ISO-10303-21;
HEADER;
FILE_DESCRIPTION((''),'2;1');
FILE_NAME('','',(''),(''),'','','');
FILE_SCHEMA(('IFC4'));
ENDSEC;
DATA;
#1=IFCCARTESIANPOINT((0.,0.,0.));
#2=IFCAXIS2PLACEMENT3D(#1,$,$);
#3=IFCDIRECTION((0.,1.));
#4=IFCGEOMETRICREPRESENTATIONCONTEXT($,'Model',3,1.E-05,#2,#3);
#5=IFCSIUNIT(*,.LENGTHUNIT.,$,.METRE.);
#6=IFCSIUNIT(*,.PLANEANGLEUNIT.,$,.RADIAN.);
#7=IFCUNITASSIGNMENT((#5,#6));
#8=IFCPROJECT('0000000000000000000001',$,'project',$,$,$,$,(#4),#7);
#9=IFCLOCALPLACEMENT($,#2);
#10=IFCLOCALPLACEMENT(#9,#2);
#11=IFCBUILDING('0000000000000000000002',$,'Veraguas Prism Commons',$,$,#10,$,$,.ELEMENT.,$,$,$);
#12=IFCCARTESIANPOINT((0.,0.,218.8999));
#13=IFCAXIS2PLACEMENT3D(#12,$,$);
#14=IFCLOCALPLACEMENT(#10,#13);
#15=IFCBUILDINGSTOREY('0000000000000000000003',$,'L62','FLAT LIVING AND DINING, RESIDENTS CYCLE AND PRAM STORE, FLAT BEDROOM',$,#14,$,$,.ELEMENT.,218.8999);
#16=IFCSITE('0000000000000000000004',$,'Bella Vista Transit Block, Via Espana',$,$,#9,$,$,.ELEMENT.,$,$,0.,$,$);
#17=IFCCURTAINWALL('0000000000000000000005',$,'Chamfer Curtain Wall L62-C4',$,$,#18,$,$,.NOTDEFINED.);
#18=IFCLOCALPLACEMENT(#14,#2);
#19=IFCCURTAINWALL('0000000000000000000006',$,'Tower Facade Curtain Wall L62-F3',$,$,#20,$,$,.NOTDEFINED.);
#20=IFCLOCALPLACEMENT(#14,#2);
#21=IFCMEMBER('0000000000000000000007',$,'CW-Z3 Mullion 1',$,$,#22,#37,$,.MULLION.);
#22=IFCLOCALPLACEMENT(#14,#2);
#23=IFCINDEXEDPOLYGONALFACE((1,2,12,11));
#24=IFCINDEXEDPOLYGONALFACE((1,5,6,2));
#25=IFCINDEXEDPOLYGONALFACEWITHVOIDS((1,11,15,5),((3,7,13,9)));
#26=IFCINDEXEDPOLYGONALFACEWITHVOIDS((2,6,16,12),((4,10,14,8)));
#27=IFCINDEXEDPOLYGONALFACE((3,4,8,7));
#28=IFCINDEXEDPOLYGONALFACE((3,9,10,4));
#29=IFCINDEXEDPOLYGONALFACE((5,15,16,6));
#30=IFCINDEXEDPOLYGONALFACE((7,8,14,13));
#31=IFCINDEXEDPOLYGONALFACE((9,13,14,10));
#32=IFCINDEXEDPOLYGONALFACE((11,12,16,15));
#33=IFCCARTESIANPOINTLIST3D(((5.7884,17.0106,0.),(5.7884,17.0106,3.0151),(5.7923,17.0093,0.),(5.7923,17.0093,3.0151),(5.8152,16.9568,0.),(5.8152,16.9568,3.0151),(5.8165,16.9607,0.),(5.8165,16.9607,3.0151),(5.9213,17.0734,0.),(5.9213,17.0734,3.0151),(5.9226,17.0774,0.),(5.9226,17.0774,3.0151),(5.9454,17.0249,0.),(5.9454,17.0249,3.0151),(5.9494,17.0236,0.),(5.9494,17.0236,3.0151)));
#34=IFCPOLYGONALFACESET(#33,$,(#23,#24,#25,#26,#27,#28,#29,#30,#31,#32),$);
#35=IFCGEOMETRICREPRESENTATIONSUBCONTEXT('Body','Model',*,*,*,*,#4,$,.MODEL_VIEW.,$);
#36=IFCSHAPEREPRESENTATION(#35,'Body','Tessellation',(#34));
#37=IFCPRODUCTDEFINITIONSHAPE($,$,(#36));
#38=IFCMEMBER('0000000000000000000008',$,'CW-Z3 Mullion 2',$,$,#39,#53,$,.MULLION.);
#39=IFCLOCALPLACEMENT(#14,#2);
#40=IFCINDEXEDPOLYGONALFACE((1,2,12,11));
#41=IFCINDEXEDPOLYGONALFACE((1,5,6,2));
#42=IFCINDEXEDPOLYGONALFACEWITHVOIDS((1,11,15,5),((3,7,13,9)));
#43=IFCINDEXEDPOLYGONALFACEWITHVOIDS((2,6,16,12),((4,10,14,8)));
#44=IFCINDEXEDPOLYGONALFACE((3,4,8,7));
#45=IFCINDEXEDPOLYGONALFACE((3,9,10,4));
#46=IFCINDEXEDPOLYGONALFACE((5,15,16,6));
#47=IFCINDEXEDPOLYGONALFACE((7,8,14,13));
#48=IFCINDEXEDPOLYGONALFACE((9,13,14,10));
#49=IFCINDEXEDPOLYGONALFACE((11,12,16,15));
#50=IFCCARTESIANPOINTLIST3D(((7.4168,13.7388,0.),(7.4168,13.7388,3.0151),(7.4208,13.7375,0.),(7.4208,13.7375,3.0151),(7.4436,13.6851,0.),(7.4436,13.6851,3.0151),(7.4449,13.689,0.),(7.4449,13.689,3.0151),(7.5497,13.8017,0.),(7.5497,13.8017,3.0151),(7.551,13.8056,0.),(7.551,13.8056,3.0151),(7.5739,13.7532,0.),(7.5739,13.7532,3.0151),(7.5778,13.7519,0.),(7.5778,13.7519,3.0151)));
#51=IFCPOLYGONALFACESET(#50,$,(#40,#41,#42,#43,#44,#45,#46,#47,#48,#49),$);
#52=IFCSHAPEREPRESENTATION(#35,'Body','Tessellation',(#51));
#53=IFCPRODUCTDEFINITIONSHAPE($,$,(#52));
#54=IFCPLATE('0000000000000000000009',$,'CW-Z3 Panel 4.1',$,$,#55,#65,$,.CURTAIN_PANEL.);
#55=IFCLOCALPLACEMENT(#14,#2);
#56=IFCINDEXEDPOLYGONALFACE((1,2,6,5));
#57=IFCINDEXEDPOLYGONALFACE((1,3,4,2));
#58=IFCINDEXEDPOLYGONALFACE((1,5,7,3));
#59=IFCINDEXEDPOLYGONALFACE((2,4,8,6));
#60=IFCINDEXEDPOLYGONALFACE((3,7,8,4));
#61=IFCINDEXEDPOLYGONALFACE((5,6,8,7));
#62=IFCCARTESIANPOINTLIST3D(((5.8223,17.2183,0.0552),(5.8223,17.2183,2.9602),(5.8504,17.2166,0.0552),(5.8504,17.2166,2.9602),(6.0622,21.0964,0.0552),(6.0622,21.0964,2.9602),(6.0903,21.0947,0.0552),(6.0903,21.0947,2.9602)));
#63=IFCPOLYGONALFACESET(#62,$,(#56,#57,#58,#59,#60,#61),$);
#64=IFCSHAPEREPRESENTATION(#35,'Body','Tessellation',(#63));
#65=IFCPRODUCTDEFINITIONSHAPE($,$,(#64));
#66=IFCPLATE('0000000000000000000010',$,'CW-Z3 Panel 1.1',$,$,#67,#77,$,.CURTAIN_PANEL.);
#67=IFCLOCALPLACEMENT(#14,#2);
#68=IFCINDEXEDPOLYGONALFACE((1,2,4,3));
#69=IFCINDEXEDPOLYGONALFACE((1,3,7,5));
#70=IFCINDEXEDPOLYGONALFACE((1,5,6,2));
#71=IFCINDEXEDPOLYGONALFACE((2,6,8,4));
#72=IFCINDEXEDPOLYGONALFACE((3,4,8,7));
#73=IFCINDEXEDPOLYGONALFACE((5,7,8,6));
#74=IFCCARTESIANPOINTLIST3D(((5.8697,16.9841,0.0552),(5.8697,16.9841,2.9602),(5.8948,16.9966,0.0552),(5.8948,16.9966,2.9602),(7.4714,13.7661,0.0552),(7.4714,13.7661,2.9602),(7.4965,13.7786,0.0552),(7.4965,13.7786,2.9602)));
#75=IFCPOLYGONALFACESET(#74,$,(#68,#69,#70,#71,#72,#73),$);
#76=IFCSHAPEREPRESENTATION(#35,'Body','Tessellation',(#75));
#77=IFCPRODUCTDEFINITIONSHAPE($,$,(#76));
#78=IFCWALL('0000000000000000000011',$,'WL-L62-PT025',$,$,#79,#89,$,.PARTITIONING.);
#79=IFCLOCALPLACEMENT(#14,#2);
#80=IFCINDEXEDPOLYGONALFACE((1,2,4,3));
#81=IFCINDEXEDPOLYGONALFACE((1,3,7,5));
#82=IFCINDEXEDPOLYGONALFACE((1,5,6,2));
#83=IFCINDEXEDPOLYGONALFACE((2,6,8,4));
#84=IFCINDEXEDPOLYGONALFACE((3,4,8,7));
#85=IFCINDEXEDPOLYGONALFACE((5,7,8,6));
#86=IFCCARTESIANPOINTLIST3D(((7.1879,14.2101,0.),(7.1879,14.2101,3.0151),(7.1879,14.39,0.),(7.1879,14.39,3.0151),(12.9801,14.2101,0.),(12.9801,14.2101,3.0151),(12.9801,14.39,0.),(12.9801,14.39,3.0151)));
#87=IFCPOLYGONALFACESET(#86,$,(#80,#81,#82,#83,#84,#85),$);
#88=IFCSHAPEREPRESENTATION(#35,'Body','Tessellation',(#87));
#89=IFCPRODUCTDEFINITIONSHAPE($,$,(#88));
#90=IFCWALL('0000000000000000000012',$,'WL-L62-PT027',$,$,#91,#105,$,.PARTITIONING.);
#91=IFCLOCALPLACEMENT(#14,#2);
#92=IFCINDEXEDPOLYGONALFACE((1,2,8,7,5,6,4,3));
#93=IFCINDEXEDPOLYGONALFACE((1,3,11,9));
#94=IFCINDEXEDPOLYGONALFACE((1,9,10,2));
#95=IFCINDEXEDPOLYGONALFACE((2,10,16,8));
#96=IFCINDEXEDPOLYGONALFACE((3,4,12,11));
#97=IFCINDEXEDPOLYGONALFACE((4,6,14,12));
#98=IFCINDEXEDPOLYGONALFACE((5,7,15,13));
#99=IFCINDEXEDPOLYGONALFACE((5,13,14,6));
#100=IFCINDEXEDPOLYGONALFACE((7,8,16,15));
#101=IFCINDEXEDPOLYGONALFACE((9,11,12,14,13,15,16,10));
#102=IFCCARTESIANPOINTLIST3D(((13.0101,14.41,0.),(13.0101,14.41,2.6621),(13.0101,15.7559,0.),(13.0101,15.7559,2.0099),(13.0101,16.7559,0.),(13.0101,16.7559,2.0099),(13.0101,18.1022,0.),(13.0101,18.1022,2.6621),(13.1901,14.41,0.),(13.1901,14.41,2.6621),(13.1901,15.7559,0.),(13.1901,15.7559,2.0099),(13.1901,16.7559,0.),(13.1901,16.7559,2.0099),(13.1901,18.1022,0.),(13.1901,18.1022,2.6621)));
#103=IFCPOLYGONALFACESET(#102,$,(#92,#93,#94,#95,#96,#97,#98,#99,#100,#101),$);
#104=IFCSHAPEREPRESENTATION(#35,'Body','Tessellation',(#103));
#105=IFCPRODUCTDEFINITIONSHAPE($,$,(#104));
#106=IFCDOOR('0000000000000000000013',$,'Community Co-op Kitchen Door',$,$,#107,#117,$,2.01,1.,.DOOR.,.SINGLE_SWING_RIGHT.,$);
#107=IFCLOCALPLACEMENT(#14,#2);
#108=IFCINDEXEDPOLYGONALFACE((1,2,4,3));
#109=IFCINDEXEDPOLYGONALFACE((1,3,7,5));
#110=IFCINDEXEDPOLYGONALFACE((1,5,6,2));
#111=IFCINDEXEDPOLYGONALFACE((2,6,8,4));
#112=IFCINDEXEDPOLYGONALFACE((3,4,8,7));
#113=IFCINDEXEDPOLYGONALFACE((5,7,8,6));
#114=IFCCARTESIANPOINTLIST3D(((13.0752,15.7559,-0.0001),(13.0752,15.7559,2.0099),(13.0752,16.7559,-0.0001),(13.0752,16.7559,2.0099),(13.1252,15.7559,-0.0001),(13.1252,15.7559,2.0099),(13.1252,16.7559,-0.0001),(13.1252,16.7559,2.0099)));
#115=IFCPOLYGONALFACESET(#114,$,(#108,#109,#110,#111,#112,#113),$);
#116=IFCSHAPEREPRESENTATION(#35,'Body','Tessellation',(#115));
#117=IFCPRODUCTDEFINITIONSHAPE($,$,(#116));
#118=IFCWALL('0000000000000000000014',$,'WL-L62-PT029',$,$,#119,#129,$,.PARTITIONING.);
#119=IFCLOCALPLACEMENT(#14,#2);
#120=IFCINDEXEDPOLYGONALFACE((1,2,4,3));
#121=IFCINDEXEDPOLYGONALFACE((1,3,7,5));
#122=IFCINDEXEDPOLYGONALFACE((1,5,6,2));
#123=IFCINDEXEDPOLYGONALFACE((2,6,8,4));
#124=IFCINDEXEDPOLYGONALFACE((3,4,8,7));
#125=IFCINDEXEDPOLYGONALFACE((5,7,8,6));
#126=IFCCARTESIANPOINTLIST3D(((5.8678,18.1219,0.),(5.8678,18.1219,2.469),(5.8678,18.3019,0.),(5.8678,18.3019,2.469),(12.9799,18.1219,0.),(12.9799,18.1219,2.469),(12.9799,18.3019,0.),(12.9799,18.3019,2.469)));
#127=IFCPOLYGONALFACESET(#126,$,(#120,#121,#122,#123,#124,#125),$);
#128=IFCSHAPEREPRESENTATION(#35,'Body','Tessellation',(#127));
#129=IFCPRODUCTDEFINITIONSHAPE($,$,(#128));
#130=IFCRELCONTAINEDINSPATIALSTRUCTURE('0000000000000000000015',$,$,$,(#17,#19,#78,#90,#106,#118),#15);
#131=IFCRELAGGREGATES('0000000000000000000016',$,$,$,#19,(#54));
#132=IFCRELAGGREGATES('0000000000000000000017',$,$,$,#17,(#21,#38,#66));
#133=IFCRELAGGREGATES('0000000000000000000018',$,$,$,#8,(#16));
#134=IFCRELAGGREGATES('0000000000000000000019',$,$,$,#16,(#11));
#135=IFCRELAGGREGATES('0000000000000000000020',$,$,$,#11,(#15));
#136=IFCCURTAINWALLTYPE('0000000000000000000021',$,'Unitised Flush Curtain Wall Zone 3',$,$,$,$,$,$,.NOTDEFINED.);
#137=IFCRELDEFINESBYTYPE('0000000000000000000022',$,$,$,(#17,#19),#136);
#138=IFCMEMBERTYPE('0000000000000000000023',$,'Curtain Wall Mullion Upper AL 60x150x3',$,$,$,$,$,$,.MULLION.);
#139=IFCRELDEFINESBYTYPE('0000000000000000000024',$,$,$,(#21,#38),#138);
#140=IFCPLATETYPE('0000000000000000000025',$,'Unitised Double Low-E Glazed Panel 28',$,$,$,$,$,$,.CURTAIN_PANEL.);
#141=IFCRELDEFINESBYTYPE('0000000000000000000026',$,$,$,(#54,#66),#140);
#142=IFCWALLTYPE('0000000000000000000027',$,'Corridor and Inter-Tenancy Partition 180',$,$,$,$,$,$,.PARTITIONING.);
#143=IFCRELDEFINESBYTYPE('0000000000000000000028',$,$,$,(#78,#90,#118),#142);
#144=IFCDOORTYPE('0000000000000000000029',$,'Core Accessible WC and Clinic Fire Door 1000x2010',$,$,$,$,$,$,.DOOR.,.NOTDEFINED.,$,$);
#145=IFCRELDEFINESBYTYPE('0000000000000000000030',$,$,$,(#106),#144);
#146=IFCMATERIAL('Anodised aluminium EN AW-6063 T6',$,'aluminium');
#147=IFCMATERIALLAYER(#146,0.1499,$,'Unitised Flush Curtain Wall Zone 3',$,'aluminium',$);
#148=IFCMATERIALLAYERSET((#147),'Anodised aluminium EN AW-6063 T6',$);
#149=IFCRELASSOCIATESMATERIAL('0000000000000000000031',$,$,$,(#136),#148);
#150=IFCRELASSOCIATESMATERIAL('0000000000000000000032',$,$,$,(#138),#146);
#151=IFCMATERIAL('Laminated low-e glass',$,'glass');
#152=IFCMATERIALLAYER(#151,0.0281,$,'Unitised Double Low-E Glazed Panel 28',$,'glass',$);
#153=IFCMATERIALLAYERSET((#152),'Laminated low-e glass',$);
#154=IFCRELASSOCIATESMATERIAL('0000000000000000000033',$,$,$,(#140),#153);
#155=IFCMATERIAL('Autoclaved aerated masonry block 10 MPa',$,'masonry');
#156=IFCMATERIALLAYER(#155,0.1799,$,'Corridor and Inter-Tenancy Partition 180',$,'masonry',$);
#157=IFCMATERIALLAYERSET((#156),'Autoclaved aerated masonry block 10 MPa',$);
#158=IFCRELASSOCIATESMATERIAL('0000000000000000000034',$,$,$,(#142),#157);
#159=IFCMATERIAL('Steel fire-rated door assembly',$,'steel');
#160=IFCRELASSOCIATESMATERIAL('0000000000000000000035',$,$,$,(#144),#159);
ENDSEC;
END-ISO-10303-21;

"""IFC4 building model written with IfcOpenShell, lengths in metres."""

from ifc_helpers import new_model, si_unit, direction, frame, frame_2d, origin, origin_2d, place, context, subcontext, project, spatial, rectangle, hollow_rectangle, extrude, source, transform, mapped, material, layer, layer_set, material_profile, profile_set, type_object, element, fill, aggregate, save


model = new_model("IFC4")

# Units and contexts
model_context = context("Model", 3, precision=1e-05, world=origin(), true_north=direction((0.0, 1.0)))
body_context = subcontext(model_context, "Body", "Model", "MODEL_VIEW")
ifc_project = project(units=[si_unit("LENGTHUNIT", "METRE"), si_unit("PLANEANGLEUNIT", "RADIAN")], contexts=[model_context])

# Site, building, storey
site_placement = place(None, origin())
site = spatial("IfcSite", under=ifc_project, at=site_placement, Name="Bella Vista Transit Block, Via Espana", CompositionType="ELEMENT", RefElevation=0.0)
building_placement = place(site_placement, origin())
building = spatial("IfcBuilding", under=site, at=building_placement, Name="Veraguas Prism Commons", CompositionType="ELEMENT")
storey_placement = place(building_placement, frame((0.0, 0.0, 218.8999)))
storey = spatial("IfcBuildingStorey", under=building, at=storey_placement, Name="L62", Description="FLAT LIVING AND DINING, RESIDENTS CYCLE AND PRAM STORE, FLAT BEDROOM", CompositionType="ELEMENT", Elevation=218.8999)

# Curtain walls
ifc_material_1 = material(Name="Anodised aluminium EN AW-6063 T6", Category="aluminium")
ifc_layer_1 = layer(ifc_material_1, 0.1499, Name="Unitised Flush Curtain Wall Zone 3", Category="aluminium")
ifc_layer_set_1 = layer_set([ifc_layer_1], Name="Anodised aluminium EN AW-6063 T6")
curtain_wall_type = type_object("IfcCurtainWallType", Name="Unitised Flush Curtain Wall Zone 3", PredefinedType="NOTDEFINED", material=ifc_layer_set_1)
curtain_wall_1_placement = place(storey_placement, origin())
curtain_wall_1 = element("IfcCurtainWall", 1, at=curtain_wall_1_placement, inside=storey, type_object=curtain_wall_type, Name="Chamfer Curtain Wall L62-C4", PredefinedType="NOTDEFINED")
curtain_wall_2_placement = place(storey_placement, origin())
curtain_wall_2 = element("IfcCurtainWall", 2, at=curtain_wall_2_placement, inside=storey, type_object=curtain_wall_type, Name="Tower Facade Curtain Wall L62-F3", PredefinedType="NOTDEFINED")
ifc_material_profile_1 = material_profile(ifc_material_1, hollow_rectangle(XDim=0.0601, YDim=0.1499, WallThickness=0.0029, at=origin_2d()), Name="AL60X150X3")
ifc_profile_set_1 = profile_set([ifc_material_profile_1], Name="Anodised aluminium EN AW-6063 T6")
member_type_1 = type_object("IfcMemberType", Name="Curtain Wall Mullion Upper AL 60x150x3", PredefinedType="MULLION", material=ifc_profile_set_1)
shared_shape_1 = source(origin(), body_context, "Body", "SweptSolid", [
    extrude(hollow_rectangle(XDim=0.0601, YDim=0.1499, WallThickness=0.0029, at=origin_2d()), origin(), (0.0, 0.0, 1.0), 3.0151),
])

# Members
member_1_placement = place(storey_placement, frame((5.8689, 17.0171, 0.0), z_axis=(0.0, 0.0, 1.0), x_axis=(0.445587, -0.895239, 0.0)))
member_1 = element("IfcMember", 3, at=member_1_placement, type_object=member_type_1, Name="CW-Z3 Mullion 1", PredefinedType="MULLION", context=body_context, shape_type="MappedRepresentation", body=[
    mapped(shared_shape_1, transform((0.0, 0.0, 0.0), scale=1.0)),
])
member_2_placement = place(storey_placement, frame((7.4973, 13.7454, 0.0), z_axis=(0.0, 0.0, 1.0), x_axis=(0.445587, -0.895239, 0.0)))
member_2 = element("IfcMember", 4, at=member_2_placement, type_object=member_type_1, Name="CW-Z3 Mullion 2", PredefinedType="MULLION", context=body_context, shape_type="MappedRepresentation", body=[
    mapped(shared_shape_1, transform((0.0, 0.0, 0.0), scale=1.0)),
])

# Plates
ifc_material_2 = material(Name="Laminated low-e glass", Category="glass")
ifc_layer_2 = layer(ifc_material_2, 0.0281, Name="Unitised Double Low-E Glazed Panel 28", Category="glass")
ifc_layer_set_2 = layer_set([ifc_layer_2], Name="Laminated low-e glass")
plate_type = type_object("IfcPlateType", Name="Unitised Double Low-E Glazed Panel 28", PredefinedType="CURTAIN_PANEL", material=ifc_layer_set_2)
shared_shape_2 = source(origin(), body_context, "Body", "SweptSolid", [
    extrude(rectangle(XDim=3.8855, YDim=0.0281, at=origin_2d()), origin(), (0.0, 0.0, 1.0), 2.905),
])
plate_1_placement = place(storey_placement, frame((5.9563, 19.1565, 0.0552), z_axis=(0.0, 0.0, 1.0), x_axis=(-0.061745, -0.998092, 0.0)))
plate_1 = element("IfcPlate", 5, at=plate_1_placement, type_object=plate_type, Name="CW-Z3 Panel 4.1", PredefinedType="CURTAIN_PANEL", context=body_context, shape_type="MappedRepresentation", body=[
    mapped(shared_shape_2, transform((0.0, 0.0, 0.0), scale=1.0)),
])
aggregate(curtain_wall_2, [plate_1])
shared_shape_3 = source(origin(), body_context, "Body", "SweptSolid", [
    extrude(rectangle(XDim=3.5945, YDim=0.0281, at=origin_2d()), origin(), (0.0, 0.0, 1.0), 2.905),
])
plate_2_placement = place(storey_placement, frame((6.6831, 15.3813, 0.0552), z_axis=(0.0, 0.0, 1.0), x_axis=(0.445587, -0.895239, 0.0)))
plate_2 = element("IfcPlate", 6, at=plate_2_placement, type_object=plate_type, Name="CW-Z3 Panel 1.1", PredefinedType="CURTAIN_PANEL", context=body_context, shape_type="MappedRepresentation", body=[
    mapped(shared_shape_3, transform((0.0, 0.0, 0.0), scale=1.0)),
])
aggregate(curtain_wall_1, [member_1, member_2, plate_2])

# Wall
ifc_material_3 = material(Name="Autoclaved aerated masonry block 10 MPa", Category="masonry")
ifc_layer_3 = layer(ifc_material_3, 0.1799, Name="Corridor and Inter-Tenancy Partition 180", Category="masonry")
ifc_layer_set_3 = layer_set([ifc_layer_3], Name="Autoclaved aerated masonry block 10 MPa")
wall_type = type_object("IfcWallType", Name="Corridor and Inter-Tenancy Partition 180", PredefinedType="PARTITIONING", material=ifc_layer_set_3)
wall_1_placement = place(storey_placement, frame((12.98, 14.3, 0.0), z_axis=(0.0, 0.0, 1.0), x_axis=(-1.0, 0.0, 0.0)))
element("IfcWall", 7, at=wall_1_placement, inside=storey, type_object=wall_type, Name="WL-L62-PT025", PredefinedType="PARTITIONING", context=body_context, shape_type="SweptSolid", body=[
    extrude(rectangle(XDim=5.7922, YDim=0.1799, at=frame_2d((2.896, 0.0))), origin(), (0.0, 0.0, 1.0), 3.0151),
])

# Wall, opening, door
wall_2_placement = place(storey_placement, frame((13.1001, 14.4099, 0.0), z_axis=(0.0, 0.0, 1.0), x_axis=(0.0, 1.0, 0.0)))
wall_2 = element("IfcWall", 8, at=wall_2_placement, inside=storey, type_object=wall_type, Name="WL-L62-PT027", PredefinedType="PARTITIONING", context=body_context, shape_type="SweptSolid", body=[
    extrude(rectangle(XDim=3.6921, YDim=0.1799, at=frame_2d((1.8462, 0.0))), origin(), (0.0, 0.0, 1.0), 2.6621),
])
opening_placement = place(wall_2_placement, frame((1.3459, 0.0, 0.0)))
opening = element("IfcOpeningElement", 9, at=opening_placement, cuts=wall_2, PredefinedType="OPENING", context=body_context, shape_type="SweptSolid", body=[
    extrude(rectangle(XDim=1.0, YDim=2.01, at=frame_2d((0.5, 1.0049))), frame((0.0, 0.0999, 0.0), z_axis=(0.0, -1.0, 0.0), x_axis=(1.0, 0.0, 0.0)), (0.0, 0.0, 1.0), 0.2),
])
ifc_material_4 = material(Name="Steel fire-rated door assembly", Category="steel")
door_type = type_object("IfcDoorType", Name="Core Accessible WC and Clinic Fire Door 1000x2010", OperationType="NOTDEFINED", PredefinedType="DOOR", material=ifc_material_4)
shared_shape_4 = source(origin(), body_context, "Body", "SweptSolid", [
    extrude(rectangle(XDim=1.0, YDim=2.01, at=frame_2d((0.5, 1.0049))), frame((0.0, 0.0249, 0.0), z_axis=(0.0, -1.0, 0.0), x_axis=(1.0, 0.0, 0.0)), (0.0, 0.0, 1.0), 0.05),
])
door_placement = place(opening_placement, origin())
door = element("IfcDoor", 10, at=door_placement, inside=storey, type_object=door_type, Name="Community Co-op Kitchen Door", OperationType="SINGLE_SWING_RIGHT", OverallHeight=2.01, OverallWidth=1.0, PredefinedType="DOOR", context=body_context, shape_type="MappedRepresentation", body=[
    mapped(shared_shape_4, transform((0.0, 0.0, 0.0), scale=1.0)),
])
fill(opening, door)

# Wall
wall_3_placement = place(storey_placement, frame((12.98, 18.2119, 0.0), z_axis=(0.0, 0.0, 1.0), x_axis=(-1.0, 0.0, 0.0)))
element("IfcWall", 11, at=wall_3_placement, inside=storey, type_object=wall_type, Name="WL-L62-PT029", PredefinedType="PARTITIONING", context=body_context, shape_type="SweptSolid", body=[
    extrude(rectangle(XDim=7.1121, YDim=0.1799, at=frame_2d((3.5562, 0.0))), origin(), (0.0, 0.0, 1.0), 2.469),
])

save(model, "model.ifc")
